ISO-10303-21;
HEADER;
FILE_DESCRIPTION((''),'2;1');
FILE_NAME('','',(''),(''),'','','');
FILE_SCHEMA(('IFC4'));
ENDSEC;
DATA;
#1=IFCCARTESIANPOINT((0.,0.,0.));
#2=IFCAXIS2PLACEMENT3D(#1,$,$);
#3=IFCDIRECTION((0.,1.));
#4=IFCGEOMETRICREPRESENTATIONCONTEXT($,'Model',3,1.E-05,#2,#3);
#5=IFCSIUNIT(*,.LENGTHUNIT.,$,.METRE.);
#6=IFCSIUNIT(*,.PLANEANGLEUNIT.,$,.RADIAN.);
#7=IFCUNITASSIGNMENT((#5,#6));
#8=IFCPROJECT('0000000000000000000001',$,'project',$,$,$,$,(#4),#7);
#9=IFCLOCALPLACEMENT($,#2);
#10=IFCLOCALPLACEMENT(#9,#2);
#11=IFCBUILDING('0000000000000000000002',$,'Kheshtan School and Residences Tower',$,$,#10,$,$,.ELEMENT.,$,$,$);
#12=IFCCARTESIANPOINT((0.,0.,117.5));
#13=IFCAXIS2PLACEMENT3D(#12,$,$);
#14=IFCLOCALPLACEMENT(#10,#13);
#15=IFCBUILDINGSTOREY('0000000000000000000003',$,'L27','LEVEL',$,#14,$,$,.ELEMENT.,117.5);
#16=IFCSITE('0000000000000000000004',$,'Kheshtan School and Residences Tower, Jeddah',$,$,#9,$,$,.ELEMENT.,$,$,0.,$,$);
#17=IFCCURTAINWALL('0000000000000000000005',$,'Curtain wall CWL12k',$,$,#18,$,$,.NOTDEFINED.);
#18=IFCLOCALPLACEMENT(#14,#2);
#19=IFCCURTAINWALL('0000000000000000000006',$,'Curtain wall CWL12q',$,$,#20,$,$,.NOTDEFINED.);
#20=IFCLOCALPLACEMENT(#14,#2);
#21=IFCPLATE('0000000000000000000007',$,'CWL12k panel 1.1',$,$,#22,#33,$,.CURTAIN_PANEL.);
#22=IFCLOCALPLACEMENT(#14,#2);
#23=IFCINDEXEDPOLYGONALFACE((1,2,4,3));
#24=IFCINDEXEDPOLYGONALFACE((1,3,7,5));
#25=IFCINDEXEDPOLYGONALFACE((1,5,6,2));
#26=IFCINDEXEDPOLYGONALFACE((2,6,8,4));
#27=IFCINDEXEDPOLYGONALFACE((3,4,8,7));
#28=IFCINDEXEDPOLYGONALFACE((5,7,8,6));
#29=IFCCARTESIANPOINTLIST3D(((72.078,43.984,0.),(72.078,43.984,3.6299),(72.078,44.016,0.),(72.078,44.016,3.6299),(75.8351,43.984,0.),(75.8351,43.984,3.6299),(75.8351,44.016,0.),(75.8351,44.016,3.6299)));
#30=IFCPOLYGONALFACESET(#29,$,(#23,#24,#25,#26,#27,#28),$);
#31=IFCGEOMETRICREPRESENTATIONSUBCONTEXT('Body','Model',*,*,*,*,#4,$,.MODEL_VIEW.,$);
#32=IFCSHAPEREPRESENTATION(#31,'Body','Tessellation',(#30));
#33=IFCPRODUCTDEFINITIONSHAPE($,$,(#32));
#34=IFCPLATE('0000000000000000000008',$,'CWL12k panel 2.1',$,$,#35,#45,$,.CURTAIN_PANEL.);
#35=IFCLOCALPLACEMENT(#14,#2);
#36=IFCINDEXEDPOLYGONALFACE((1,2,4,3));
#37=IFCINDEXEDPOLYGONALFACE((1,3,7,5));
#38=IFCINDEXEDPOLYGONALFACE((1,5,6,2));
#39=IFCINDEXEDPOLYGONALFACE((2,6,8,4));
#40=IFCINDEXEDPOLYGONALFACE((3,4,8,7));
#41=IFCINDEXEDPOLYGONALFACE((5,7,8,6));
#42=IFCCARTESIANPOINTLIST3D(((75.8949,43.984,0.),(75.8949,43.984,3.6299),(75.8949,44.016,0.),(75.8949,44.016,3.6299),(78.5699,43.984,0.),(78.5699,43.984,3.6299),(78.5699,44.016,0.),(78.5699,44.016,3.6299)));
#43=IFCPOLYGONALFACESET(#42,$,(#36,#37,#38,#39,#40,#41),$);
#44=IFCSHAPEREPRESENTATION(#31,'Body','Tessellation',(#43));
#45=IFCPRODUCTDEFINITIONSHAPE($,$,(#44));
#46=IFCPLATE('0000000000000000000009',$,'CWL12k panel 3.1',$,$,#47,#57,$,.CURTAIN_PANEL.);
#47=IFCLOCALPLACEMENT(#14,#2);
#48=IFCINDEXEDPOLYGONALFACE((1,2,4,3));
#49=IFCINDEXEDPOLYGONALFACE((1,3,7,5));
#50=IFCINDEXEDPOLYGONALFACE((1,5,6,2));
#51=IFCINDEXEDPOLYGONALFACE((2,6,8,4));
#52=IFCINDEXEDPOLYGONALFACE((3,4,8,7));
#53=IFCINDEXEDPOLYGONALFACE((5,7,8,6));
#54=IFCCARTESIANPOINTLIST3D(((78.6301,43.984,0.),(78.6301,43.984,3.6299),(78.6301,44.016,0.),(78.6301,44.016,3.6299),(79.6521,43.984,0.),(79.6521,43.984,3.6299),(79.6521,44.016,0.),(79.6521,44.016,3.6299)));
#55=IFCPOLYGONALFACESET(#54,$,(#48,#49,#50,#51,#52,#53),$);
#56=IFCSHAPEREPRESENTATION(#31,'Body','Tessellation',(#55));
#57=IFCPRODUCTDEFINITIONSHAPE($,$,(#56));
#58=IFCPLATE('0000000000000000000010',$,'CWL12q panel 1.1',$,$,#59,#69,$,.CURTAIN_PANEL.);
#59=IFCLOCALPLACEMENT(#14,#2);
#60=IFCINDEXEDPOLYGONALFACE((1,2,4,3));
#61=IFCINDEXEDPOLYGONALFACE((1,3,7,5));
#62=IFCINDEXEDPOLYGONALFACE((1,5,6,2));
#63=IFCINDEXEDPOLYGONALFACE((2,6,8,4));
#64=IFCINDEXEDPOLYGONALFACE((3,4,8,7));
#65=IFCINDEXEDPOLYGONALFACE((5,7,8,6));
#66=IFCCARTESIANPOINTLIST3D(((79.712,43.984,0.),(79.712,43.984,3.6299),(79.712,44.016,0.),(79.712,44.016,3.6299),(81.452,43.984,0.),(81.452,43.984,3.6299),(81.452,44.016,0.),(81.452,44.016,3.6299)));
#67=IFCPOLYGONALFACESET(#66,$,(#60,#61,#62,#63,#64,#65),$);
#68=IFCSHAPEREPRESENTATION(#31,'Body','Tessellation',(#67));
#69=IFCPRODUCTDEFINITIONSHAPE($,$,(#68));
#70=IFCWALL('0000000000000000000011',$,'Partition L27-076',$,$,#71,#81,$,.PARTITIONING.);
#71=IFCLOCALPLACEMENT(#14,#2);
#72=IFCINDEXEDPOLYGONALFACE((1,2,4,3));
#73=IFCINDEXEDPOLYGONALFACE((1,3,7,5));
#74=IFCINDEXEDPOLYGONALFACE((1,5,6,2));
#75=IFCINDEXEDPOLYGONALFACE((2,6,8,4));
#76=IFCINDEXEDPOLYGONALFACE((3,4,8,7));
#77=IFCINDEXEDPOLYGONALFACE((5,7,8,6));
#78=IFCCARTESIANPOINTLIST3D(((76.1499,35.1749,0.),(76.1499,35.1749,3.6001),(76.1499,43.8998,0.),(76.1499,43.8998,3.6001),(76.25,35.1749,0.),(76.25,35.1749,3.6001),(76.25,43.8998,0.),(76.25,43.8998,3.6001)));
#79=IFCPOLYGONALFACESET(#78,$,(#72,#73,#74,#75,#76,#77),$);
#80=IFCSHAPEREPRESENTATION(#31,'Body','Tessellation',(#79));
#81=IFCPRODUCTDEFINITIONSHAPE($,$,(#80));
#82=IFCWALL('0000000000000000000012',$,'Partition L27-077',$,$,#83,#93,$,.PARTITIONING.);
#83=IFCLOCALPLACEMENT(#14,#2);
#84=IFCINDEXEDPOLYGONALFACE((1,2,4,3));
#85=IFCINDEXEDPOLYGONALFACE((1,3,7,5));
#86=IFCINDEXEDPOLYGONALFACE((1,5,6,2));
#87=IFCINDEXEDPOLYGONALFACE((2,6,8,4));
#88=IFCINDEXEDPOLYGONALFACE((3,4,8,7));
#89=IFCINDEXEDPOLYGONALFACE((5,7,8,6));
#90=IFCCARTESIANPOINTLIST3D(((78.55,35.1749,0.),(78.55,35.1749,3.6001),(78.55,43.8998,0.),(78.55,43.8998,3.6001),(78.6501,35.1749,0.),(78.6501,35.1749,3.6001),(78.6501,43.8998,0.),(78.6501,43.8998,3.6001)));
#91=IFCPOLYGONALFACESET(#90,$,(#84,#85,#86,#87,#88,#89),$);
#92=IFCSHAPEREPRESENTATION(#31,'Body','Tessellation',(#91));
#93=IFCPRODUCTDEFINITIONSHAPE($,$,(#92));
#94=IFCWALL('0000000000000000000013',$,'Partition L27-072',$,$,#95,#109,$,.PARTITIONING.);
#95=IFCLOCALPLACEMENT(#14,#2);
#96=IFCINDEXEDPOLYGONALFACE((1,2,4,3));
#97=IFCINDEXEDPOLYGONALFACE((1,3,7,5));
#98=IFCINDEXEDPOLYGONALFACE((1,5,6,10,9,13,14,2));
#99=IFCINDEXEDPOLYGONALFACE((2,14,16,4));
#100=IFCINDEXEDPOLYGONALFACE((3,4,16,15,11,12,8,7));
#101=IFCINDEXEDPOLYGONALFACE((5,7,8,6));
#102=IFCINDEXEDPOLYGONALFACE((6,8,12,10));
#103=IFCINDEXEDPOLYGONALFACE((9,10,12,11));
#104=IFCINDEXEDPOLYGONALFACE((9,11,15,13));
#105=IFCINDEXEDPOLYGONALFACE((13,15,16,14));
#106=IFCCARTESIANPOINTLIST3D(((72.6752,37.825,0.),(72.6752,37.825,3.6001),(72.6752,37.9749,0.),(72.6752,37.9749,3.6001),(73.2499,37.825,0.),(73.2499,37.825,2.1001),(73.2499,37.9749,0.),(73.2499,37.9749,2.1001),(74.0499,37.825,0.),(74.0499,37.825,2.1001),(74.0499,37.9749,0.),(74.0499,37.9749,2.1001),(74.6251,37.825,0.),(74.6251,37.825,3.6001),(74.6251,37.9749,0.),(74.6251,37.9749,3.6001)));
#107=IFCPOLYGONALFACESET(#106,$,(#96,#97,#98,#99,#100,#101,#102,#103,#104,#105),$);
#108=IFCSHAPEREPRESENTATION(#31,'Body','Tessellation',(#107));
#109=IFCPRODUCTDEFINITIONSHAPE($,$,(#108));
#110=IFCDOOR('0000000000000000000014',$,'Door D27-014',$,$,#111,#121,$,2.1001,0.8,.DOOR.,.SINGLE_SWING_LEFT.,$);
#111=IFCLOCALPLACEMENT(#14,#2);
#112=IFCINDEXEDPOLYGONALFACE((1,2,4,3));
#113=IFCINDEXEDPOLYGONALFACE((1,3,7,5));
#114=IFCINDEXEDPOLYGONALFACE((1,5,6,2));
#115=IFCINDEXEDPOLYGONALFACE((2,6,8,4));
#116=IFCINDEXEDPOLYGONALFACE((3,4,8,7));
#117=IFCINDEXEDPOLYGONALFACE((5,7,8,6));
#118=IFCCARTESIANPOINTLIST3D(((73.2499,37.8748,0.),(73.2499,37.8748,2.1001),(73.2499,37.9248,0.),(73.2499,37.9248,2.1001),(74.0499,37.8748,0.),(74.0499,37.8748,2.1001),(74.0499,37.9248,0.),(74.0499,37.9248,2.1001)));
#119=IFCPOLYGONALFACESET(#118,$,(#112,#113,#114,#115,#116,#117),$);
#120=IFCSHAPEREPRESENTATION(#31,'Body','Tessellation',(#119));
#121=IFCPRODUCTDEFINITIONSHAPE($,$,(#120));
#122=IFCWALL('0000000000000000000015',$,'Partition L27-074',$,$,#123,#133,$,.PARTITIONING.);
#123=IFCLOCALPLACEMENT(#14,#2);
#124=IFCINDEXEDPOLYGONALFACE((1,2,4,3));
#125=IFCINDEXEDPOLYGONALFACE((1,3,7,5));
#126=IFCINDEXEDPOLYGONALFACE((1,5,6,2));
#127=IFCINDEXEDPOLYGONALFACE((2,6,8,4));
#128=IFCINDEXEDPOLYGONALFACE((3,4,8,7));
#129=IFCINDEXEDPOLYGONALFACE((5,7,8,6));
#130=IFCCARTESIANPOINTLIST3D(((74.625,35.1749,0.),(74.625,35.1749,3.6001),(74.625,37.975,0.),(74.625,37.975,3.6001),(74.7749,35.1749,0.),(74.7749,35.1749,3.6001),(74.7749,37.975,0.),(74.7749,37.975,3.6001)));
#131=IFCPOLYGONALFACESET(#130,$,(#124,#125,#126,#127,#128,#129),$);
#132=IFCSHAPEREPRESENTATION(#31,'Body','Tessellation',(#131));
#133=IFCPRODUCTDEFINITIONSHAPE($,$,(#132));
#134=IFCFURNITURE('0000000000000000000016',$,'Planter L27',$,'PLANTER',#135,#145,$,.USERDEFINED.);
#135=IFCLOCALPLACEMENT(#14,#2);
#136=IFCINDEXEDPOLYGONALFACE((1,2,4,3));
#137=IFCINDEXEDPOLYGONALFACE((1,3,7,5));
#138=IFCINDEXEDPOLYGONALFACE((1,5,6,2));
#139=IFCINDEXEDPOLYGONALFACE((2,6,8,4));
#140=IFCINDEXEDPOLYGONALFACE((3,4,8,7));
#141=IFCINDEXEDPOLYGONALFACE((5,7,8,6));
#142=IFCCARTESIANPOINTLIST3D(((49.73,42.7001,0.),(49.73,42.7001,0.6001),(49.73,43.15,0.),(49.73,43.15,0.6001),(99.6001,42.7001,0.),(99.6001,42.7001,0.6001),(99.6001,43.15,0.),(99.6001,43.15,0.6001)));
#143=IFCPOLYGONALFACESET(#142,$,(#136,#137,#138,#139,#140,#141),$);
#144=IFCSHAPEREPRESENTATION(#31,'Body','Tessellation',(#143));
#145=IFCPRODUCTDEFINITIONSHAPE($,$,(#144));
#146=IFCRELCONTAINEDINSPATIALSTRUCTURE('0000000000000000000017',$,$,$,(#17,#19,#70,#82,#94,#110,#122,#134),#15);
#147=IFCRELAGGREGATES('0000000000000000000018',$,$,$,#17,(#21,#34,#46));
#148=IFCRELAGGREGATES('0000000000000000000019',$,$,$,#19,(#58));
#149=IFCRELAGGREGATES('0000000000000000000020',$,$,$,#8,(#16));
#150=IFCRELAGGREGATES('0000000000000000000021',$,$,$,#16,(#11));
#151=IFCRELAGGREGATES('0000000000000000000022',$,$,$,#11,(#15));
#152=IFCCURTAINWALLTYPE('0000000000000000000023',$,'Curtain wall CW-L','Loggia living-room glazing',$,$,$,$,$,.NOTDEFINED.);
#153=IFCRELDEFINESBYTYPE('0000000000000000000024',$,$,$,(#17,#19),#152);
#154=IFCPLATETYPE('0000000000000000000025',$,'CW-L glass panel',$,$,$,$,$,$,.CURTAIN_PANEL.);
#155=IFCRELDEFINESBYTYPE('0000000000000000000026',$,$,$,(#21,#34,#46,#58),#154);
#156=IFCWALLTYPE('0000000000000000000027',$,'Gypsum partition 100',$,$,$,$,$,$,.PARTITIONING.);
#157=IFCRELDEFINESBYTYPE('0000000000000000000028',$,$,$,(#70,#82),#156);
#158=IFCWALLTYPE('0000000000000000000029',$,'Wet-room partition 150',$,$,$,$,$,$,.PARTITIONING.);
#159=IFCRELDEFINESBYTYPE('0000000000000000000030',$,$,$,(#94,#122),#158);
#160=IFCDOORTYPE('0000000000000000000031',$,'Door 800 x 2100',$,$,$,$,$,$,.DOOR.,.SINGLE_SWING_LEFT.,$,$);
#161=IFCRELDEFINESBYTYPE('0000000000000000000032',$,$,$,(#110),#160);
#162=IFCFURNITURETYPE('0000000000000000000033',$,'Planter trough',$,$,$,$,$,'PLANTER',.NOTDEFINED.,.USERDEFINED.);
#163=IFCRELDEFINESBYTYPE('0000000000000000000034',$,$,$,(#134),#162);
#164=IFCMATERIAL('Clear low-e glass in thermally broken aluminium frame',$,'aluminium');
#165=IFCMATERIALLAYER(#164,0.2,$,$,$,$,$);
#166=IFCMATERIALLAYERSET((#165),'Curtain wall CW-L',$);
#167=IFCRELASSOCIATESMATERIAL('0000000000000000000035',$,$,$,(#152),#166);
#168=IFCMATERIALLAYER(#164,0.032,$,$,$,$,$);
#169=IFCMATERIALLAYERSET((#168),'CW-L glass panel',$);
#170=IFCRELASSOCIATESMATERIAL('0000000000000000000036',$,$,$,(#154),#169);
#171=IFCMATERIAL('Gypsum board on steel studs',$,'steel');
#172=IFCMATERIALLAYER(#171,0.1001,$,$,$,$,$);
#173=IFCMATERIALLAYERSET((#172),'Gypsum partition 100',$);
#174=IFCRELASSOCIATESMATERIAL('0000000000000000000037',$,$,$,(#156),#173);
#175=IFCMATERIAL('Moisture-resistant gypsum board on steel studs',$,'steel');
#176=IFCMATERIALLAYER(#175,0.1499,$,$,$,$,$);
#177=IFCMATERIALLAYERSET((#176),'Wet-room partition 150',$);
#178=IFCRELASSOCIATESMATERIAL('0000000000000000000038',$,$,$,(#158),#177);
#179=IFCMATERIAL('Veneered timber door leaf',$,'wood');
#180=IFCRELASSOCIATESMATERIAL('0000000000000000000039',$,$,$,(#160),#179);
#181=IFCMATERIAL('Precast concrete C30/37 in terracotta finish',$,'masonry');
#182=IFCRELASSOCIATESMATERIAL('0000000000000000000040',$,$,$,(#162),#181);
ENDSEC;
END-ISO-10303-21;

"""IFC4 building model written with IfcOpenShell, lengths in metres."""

from ifc_helpers import new_model, si_unit, direction, frame, frame_2d, origin, origin_2d, place, context, subcontext, project, spatial, rectangle, extrude, source, transform, mapped, material, layer, layer_set, type_object, element, fill, aggregate, save


model = new_model("IFC4")

# Units and contexts
model_context = context("Model", 3, precision=1e-05, world=origin(), true_north=direction((0.0, 1.0)))
body_context = subcontext(model_context, "Body", "Model", "MODEL_VIEW")
ifc_project = project(units=[si_unit("LENGTHUNIT", "METRE"), si_unit("PLANEANGLEUNIT", "RADIAN")], contexts=[model_context])

# Site, building, storey
site_placement = place(None, origin())
site = spatial("IfcSite", under=ifc_project, at=site_placement, Name="Kheshtan School and Residences Tower, Jeddah", CompositionType="ELEMENT", RefElevation=0.0)
building_placement = place(site_placement, origin())
building = spatial("IfcBuilding", under=site, at=building_placement, Name="Kheshtan School and Residences Tower", CompositionType="ELEMENT")
storey_placement = place(building_placement, frame((0.0, 0.0, 117.5)))
storey = spatial("IfcBuildingStorey", under=building, at=storey_placement, Name="L27", Description="LEVEL", CompositionType="ELEMENT", Elevation=117.5)

# Curtain wall
ifc_material_1 = material(Name="Clear low-e glass in thermally broken aluminium frame", Category="aluminium")
ifc_layer_1 = layer(ifc_material_1, 0.2)
ifc_layer_set_1 = layer_set([ifc_layer_1], Name="Curtain wall CW-L")
curtain_wall_type = type_object("IfcCurtainWallType", Name="Curtain wall CW-L", Description="Loggia living-room glazing", PredefinedType="NOTDEFINED", material=ifc_layer_set_1)
curtain_wall_1_placement = place(storey_placement, origin())
curtain_wall_1 = element("IfcCurtainWall", 1, at=curtain_wall_1_placement, inside=storey, type_object=curtain_wall_type, Name="Curtain wall CWL12k", PredefinedType="NOTDEFINED")

# Curtain wall
curtain_wall_2_placement = place(storey_placement, origin())
curtain_wall_2 = element("IfcCurtainWall", 2, at=curtain_wall_2_placement, inside=storey, type_object=curtain_wall_type, Name="Curtain wall CWL12q", PredefinedType="NOTDEFINED")

# Plates
ifc_layer_2 = layer(ifc_material_1, 0.032)
ifc_layer_set_2 = layer_set([ifc_layer_2], Name="CW-L glass panel")
plate_type = type_object("IfcPlateType", Name="CW-L glass panel", PredefinedType="CURTAIN_PANEL", material=ifc_layer_set_2)
plate_1_placement = place(storey_placement, frame((73.9565, 44.0, 0.0), z_axis=(0.0, 0.0, 1.0), x_axis=(1.0, 0.0, 0.0)))
plate_1 = element("IfcPlate", 3, at=plate_1_placement, type_object=plate_type, Name="CWL12k panel 1.1", PredefinedType="CURTAIN_PANEL", context=body_context, shape_type="SweptSolid", body=[
    extrude(rectangle(XDim=3.7571, YDim=0.032, at=origin_2d()), origin(), (0.0, 0.0, 1.0), 3.6299),
])
plate_2_placement = place(storey_placement, frame((77.2324, 44.0, 0.0), z_axis=(0.0, 0.0, 1.0), x_axis=(1.0, 0.0, 0.0)))
plate_2 = element("IfcPlate", 4, at=plate_2_placement, type_object=plate_type, Name="CWL12k panel 2.1", PredefinedType="CURTAIN_PANEL", context=body_context, shape_type="SweptSolid", body=[
    extrude(rectangle(XDim=2.675, YDim=0.032, at=origin_2d()), origin(), (0.0, 0.0, 1.0), 3.6299),
])
plate_3_placement = place(storey_placement, frame((79.1411, 44.0, 0.0), z_axis=(0.0, 0.0, 1.0), x_axis=(1.0, 0.0, 0.0)))
plate_3 = element("IfcPlate", 5, at=plate_3_placement, type_object=plate_type, Name="CWL12k panel 3.1", PredefinedType="CURTAIN_PANEL", context=body_context, shape_type="SweptSolid", body=[
    extrude(rectangle(XDim=1.022, YDim=0.032, at=origin_2d()), origin(), (0.0, 0.0, 1.0), 3.6299),
])
aggregate(curtain_wall_1, [plate_1, plate_2, plate_3])
plate_4_placement = place(storey_placement, frame((80.582, 44.0, 0.0), z_axis=(0.0, 0.0, 1.0), x_axis=(1.0, 0.0, 0.0)))
plate_4 = element("IfcPlate", 6, at=plate_4_placement, type_object=plate_type, Name="CWL12q panel 1.1", PredefinedType="CURTAIN_PANEL", context=body_context, shape_type="SweptSolid", body=[
    extrude(rectangle(XDim=1.74, YDim=0.032, at=origin_2d()), origin(), (0.0, 0.0, 1.0), 3.6299),
])
aggregate(curtain_wall_2, [plate_4])

# Walls
ifc_material_2 = material(Name="Gypsum board on steel studs", Category="steel")
ifc_layer_3 = layer(ifc_material_2, 0.1001)
ifc_layer_set_3 = layer_set([ifc_layer_3], Name="Gypsum partition 100")
wall_type_1 = type_object("IfcWallType", Name="Gypsum partition 100", PredefinedType="PARTITIONING", material=ifc_layer_set_3)
for number, where, z_axis, x_axis, name in (
    (7, (76.2, 35.175, 0.0), (0.0, 0.0, 1.0), (0.0, 1.0, 0.0), "Partition L27-076"),
    (8, (78.6001, 35.175, 0.0), (0.0, 0.0, 1.0), (0.0, 1.0, 0.0), "Partition L27-077"),
):
    element("IfcWall", number, at=place(storey_placement, frame(where, z_axis=z_axis, x_axis=x_axis)), inside=storey, type_object=wall_type_1, Name=name, PredefinedType="PARTITIONING", context=body_context, shape_type="SweptSolid", body=[
        extrude(rectangle(XDim=8.7249, YDim=0.1001, at=frame_2d((4.3623, 0.0))), origin(), (0.0, 0.0, 1.0), 3.6001),
    ])

# Wall, opening, door
ifc_material_3 = material(Name="Moisture-resistant gypsum board on steel studs", Category="steel")
ifc_layer_4 = layer(ifc_material_3, 0.1499)
ifc_layer_set_4 = layer_set([ifc_layer_4], Name="Wet-room partition 150")
wall_type_2 = type_object("IfcWallType", Name="Wet-room partition 150", PredefinedType="PARTITIONING", material=ifc_layer_set_4)
wall_1_placement = place(storey_placement, frame((72.675, 37.8999, 0.0), z_axis=(0.0, 0.0, 1.0), x_axis=(1.0, 0.0, 0.0)))
wall_1 = element("IfcWall", 9, at=wall_1_placement, inside=storey, type_object=wall_type_2, Name="Partition L27-072", PredefinedType="PARTITIONING", context=body_context, shape_type="SweptSolid", body=[
    extrude(rectangle(XDim=1.95, YDim=0.1499, at=frame_2d((0.9751, 0.0))), origin(), (0.0, 0.0, 1.0), 3.6001),
])
opening_1_placement = place(wall_1_placement, frame((0.575, 0.0, 0.0)))
opening_1 = element("IfcOpeningElement", 10, at=opening_1_placement, cuts=wall_1, PredefinedType="OPENING", context=body_context, shape_type="SweptSolid", body=[
    extrude(rectangle(XDim=0.8, YDim=2.1001, at=frame_2d((0.3999, 1.05))), frame((0.0, 0.085, 0.0), z_axis=(0.0, -1.0, 0.0), x_axis=(1.0, 0.0, 0.0)), (0.0, 0.0, 1.0), 0.1699),
])
ifc_material_4 = material(Name="Veneered timber door leaf", Category="wood")
door_type_1 = type_object("IfcDoorType", Name="Door 800 x 2100", OperationType="SINGLE_SWING_LEFT", PredefinedType="DOOR", material=ifc_material_4)
shared_shape_1 = source(origin(), body_context, "Body", "SweptSolid", [
    extrude(rectangle(XDim=0.8, YDim=2.1001, at=frame_2d((0.3999, 1.05))), frame((0.0, 0.0249, 0.0), z_axis=(0.0, -1.0, 0.0), x_axis=(1.0, 0.0, 0.0)), (0.0, 0.0, 1.0), 0.05),
])
door_1_placement = place(opening_1_placement, origin())
door_1 = element("IfcDoor", 11, at=door_1_placement, inside=storey, type_object=door_type_1, Name="Door D27-014", OperationType="SINGLE_SWING_LEFT", OverallHeight=2.1001, OverallWidth=0.8, PredefinedType="DOOR", context=body_context, shape_type="MappedRepresentation", body=[
    mapped(shared_shape_1, transform((0.0, 0.0, 0.0), x_axis=(1.0, 0.0, 0.0), y_axis=(0.0, 1.0, 0.0), z_axis=(0.0, 0.0, 1.0), scale=1.0)),
])
fill(opening_1, door_1)

# Wall
wall_2_placement = place(storey_placement, frame((74.7, 35.175, 0.0), z_axis=(0.0, 0.0, 1.0), x_axis=(0.0, 1.0, 0.0)))
element("IfcWall", 12, at=wall_2_placement, inside=storey, type_object=wall_type_2, Name="Partition L27-074", PredefinedType="PARTITIONING", context=body_context, shape_type="SweptSolid", body=[
    extrude(rectangle(XDim=2.8, YDim=0.1499, at=frame_2d((1.3999, 0.0))), origin(), (0.0, 0.0, 1.0), 3.6001),
])

# Furniture
ifc_material_5 = material(Name="Precast concrete C30/37 in terracotta finish", Category="masonry")
furniture_type = type_object("IfcFurnitureType", Name="Planter trough", ElementType="PLANTER", AssemblyPlace="NOTDEFINED", PredefinedType="USERDEFINED", material=ifc_material_5)
furniture_placement = place(storey_placement, frame((74.665, 42.925, 0.0), z_axis=(0.0, 0.0, 1.0), x_axis=(1.0, 0.0, 0.0)))
element("IfcFurniture", 13, at=furniture_placement, inside=storey, type_object=furniture_type, Name="Planter L27", ObjectType="PLANTER", PredefinedType="USERDEFINED", context=body_context, shape_type="SweptSolid", body=[
    extrude(rectangle(XDim=49.8701, YDim=0.45, at=origin_2d()), origin(), (0.0, 0.0, 1.0), 0.6001),
])

save(model, "model.ifc")
